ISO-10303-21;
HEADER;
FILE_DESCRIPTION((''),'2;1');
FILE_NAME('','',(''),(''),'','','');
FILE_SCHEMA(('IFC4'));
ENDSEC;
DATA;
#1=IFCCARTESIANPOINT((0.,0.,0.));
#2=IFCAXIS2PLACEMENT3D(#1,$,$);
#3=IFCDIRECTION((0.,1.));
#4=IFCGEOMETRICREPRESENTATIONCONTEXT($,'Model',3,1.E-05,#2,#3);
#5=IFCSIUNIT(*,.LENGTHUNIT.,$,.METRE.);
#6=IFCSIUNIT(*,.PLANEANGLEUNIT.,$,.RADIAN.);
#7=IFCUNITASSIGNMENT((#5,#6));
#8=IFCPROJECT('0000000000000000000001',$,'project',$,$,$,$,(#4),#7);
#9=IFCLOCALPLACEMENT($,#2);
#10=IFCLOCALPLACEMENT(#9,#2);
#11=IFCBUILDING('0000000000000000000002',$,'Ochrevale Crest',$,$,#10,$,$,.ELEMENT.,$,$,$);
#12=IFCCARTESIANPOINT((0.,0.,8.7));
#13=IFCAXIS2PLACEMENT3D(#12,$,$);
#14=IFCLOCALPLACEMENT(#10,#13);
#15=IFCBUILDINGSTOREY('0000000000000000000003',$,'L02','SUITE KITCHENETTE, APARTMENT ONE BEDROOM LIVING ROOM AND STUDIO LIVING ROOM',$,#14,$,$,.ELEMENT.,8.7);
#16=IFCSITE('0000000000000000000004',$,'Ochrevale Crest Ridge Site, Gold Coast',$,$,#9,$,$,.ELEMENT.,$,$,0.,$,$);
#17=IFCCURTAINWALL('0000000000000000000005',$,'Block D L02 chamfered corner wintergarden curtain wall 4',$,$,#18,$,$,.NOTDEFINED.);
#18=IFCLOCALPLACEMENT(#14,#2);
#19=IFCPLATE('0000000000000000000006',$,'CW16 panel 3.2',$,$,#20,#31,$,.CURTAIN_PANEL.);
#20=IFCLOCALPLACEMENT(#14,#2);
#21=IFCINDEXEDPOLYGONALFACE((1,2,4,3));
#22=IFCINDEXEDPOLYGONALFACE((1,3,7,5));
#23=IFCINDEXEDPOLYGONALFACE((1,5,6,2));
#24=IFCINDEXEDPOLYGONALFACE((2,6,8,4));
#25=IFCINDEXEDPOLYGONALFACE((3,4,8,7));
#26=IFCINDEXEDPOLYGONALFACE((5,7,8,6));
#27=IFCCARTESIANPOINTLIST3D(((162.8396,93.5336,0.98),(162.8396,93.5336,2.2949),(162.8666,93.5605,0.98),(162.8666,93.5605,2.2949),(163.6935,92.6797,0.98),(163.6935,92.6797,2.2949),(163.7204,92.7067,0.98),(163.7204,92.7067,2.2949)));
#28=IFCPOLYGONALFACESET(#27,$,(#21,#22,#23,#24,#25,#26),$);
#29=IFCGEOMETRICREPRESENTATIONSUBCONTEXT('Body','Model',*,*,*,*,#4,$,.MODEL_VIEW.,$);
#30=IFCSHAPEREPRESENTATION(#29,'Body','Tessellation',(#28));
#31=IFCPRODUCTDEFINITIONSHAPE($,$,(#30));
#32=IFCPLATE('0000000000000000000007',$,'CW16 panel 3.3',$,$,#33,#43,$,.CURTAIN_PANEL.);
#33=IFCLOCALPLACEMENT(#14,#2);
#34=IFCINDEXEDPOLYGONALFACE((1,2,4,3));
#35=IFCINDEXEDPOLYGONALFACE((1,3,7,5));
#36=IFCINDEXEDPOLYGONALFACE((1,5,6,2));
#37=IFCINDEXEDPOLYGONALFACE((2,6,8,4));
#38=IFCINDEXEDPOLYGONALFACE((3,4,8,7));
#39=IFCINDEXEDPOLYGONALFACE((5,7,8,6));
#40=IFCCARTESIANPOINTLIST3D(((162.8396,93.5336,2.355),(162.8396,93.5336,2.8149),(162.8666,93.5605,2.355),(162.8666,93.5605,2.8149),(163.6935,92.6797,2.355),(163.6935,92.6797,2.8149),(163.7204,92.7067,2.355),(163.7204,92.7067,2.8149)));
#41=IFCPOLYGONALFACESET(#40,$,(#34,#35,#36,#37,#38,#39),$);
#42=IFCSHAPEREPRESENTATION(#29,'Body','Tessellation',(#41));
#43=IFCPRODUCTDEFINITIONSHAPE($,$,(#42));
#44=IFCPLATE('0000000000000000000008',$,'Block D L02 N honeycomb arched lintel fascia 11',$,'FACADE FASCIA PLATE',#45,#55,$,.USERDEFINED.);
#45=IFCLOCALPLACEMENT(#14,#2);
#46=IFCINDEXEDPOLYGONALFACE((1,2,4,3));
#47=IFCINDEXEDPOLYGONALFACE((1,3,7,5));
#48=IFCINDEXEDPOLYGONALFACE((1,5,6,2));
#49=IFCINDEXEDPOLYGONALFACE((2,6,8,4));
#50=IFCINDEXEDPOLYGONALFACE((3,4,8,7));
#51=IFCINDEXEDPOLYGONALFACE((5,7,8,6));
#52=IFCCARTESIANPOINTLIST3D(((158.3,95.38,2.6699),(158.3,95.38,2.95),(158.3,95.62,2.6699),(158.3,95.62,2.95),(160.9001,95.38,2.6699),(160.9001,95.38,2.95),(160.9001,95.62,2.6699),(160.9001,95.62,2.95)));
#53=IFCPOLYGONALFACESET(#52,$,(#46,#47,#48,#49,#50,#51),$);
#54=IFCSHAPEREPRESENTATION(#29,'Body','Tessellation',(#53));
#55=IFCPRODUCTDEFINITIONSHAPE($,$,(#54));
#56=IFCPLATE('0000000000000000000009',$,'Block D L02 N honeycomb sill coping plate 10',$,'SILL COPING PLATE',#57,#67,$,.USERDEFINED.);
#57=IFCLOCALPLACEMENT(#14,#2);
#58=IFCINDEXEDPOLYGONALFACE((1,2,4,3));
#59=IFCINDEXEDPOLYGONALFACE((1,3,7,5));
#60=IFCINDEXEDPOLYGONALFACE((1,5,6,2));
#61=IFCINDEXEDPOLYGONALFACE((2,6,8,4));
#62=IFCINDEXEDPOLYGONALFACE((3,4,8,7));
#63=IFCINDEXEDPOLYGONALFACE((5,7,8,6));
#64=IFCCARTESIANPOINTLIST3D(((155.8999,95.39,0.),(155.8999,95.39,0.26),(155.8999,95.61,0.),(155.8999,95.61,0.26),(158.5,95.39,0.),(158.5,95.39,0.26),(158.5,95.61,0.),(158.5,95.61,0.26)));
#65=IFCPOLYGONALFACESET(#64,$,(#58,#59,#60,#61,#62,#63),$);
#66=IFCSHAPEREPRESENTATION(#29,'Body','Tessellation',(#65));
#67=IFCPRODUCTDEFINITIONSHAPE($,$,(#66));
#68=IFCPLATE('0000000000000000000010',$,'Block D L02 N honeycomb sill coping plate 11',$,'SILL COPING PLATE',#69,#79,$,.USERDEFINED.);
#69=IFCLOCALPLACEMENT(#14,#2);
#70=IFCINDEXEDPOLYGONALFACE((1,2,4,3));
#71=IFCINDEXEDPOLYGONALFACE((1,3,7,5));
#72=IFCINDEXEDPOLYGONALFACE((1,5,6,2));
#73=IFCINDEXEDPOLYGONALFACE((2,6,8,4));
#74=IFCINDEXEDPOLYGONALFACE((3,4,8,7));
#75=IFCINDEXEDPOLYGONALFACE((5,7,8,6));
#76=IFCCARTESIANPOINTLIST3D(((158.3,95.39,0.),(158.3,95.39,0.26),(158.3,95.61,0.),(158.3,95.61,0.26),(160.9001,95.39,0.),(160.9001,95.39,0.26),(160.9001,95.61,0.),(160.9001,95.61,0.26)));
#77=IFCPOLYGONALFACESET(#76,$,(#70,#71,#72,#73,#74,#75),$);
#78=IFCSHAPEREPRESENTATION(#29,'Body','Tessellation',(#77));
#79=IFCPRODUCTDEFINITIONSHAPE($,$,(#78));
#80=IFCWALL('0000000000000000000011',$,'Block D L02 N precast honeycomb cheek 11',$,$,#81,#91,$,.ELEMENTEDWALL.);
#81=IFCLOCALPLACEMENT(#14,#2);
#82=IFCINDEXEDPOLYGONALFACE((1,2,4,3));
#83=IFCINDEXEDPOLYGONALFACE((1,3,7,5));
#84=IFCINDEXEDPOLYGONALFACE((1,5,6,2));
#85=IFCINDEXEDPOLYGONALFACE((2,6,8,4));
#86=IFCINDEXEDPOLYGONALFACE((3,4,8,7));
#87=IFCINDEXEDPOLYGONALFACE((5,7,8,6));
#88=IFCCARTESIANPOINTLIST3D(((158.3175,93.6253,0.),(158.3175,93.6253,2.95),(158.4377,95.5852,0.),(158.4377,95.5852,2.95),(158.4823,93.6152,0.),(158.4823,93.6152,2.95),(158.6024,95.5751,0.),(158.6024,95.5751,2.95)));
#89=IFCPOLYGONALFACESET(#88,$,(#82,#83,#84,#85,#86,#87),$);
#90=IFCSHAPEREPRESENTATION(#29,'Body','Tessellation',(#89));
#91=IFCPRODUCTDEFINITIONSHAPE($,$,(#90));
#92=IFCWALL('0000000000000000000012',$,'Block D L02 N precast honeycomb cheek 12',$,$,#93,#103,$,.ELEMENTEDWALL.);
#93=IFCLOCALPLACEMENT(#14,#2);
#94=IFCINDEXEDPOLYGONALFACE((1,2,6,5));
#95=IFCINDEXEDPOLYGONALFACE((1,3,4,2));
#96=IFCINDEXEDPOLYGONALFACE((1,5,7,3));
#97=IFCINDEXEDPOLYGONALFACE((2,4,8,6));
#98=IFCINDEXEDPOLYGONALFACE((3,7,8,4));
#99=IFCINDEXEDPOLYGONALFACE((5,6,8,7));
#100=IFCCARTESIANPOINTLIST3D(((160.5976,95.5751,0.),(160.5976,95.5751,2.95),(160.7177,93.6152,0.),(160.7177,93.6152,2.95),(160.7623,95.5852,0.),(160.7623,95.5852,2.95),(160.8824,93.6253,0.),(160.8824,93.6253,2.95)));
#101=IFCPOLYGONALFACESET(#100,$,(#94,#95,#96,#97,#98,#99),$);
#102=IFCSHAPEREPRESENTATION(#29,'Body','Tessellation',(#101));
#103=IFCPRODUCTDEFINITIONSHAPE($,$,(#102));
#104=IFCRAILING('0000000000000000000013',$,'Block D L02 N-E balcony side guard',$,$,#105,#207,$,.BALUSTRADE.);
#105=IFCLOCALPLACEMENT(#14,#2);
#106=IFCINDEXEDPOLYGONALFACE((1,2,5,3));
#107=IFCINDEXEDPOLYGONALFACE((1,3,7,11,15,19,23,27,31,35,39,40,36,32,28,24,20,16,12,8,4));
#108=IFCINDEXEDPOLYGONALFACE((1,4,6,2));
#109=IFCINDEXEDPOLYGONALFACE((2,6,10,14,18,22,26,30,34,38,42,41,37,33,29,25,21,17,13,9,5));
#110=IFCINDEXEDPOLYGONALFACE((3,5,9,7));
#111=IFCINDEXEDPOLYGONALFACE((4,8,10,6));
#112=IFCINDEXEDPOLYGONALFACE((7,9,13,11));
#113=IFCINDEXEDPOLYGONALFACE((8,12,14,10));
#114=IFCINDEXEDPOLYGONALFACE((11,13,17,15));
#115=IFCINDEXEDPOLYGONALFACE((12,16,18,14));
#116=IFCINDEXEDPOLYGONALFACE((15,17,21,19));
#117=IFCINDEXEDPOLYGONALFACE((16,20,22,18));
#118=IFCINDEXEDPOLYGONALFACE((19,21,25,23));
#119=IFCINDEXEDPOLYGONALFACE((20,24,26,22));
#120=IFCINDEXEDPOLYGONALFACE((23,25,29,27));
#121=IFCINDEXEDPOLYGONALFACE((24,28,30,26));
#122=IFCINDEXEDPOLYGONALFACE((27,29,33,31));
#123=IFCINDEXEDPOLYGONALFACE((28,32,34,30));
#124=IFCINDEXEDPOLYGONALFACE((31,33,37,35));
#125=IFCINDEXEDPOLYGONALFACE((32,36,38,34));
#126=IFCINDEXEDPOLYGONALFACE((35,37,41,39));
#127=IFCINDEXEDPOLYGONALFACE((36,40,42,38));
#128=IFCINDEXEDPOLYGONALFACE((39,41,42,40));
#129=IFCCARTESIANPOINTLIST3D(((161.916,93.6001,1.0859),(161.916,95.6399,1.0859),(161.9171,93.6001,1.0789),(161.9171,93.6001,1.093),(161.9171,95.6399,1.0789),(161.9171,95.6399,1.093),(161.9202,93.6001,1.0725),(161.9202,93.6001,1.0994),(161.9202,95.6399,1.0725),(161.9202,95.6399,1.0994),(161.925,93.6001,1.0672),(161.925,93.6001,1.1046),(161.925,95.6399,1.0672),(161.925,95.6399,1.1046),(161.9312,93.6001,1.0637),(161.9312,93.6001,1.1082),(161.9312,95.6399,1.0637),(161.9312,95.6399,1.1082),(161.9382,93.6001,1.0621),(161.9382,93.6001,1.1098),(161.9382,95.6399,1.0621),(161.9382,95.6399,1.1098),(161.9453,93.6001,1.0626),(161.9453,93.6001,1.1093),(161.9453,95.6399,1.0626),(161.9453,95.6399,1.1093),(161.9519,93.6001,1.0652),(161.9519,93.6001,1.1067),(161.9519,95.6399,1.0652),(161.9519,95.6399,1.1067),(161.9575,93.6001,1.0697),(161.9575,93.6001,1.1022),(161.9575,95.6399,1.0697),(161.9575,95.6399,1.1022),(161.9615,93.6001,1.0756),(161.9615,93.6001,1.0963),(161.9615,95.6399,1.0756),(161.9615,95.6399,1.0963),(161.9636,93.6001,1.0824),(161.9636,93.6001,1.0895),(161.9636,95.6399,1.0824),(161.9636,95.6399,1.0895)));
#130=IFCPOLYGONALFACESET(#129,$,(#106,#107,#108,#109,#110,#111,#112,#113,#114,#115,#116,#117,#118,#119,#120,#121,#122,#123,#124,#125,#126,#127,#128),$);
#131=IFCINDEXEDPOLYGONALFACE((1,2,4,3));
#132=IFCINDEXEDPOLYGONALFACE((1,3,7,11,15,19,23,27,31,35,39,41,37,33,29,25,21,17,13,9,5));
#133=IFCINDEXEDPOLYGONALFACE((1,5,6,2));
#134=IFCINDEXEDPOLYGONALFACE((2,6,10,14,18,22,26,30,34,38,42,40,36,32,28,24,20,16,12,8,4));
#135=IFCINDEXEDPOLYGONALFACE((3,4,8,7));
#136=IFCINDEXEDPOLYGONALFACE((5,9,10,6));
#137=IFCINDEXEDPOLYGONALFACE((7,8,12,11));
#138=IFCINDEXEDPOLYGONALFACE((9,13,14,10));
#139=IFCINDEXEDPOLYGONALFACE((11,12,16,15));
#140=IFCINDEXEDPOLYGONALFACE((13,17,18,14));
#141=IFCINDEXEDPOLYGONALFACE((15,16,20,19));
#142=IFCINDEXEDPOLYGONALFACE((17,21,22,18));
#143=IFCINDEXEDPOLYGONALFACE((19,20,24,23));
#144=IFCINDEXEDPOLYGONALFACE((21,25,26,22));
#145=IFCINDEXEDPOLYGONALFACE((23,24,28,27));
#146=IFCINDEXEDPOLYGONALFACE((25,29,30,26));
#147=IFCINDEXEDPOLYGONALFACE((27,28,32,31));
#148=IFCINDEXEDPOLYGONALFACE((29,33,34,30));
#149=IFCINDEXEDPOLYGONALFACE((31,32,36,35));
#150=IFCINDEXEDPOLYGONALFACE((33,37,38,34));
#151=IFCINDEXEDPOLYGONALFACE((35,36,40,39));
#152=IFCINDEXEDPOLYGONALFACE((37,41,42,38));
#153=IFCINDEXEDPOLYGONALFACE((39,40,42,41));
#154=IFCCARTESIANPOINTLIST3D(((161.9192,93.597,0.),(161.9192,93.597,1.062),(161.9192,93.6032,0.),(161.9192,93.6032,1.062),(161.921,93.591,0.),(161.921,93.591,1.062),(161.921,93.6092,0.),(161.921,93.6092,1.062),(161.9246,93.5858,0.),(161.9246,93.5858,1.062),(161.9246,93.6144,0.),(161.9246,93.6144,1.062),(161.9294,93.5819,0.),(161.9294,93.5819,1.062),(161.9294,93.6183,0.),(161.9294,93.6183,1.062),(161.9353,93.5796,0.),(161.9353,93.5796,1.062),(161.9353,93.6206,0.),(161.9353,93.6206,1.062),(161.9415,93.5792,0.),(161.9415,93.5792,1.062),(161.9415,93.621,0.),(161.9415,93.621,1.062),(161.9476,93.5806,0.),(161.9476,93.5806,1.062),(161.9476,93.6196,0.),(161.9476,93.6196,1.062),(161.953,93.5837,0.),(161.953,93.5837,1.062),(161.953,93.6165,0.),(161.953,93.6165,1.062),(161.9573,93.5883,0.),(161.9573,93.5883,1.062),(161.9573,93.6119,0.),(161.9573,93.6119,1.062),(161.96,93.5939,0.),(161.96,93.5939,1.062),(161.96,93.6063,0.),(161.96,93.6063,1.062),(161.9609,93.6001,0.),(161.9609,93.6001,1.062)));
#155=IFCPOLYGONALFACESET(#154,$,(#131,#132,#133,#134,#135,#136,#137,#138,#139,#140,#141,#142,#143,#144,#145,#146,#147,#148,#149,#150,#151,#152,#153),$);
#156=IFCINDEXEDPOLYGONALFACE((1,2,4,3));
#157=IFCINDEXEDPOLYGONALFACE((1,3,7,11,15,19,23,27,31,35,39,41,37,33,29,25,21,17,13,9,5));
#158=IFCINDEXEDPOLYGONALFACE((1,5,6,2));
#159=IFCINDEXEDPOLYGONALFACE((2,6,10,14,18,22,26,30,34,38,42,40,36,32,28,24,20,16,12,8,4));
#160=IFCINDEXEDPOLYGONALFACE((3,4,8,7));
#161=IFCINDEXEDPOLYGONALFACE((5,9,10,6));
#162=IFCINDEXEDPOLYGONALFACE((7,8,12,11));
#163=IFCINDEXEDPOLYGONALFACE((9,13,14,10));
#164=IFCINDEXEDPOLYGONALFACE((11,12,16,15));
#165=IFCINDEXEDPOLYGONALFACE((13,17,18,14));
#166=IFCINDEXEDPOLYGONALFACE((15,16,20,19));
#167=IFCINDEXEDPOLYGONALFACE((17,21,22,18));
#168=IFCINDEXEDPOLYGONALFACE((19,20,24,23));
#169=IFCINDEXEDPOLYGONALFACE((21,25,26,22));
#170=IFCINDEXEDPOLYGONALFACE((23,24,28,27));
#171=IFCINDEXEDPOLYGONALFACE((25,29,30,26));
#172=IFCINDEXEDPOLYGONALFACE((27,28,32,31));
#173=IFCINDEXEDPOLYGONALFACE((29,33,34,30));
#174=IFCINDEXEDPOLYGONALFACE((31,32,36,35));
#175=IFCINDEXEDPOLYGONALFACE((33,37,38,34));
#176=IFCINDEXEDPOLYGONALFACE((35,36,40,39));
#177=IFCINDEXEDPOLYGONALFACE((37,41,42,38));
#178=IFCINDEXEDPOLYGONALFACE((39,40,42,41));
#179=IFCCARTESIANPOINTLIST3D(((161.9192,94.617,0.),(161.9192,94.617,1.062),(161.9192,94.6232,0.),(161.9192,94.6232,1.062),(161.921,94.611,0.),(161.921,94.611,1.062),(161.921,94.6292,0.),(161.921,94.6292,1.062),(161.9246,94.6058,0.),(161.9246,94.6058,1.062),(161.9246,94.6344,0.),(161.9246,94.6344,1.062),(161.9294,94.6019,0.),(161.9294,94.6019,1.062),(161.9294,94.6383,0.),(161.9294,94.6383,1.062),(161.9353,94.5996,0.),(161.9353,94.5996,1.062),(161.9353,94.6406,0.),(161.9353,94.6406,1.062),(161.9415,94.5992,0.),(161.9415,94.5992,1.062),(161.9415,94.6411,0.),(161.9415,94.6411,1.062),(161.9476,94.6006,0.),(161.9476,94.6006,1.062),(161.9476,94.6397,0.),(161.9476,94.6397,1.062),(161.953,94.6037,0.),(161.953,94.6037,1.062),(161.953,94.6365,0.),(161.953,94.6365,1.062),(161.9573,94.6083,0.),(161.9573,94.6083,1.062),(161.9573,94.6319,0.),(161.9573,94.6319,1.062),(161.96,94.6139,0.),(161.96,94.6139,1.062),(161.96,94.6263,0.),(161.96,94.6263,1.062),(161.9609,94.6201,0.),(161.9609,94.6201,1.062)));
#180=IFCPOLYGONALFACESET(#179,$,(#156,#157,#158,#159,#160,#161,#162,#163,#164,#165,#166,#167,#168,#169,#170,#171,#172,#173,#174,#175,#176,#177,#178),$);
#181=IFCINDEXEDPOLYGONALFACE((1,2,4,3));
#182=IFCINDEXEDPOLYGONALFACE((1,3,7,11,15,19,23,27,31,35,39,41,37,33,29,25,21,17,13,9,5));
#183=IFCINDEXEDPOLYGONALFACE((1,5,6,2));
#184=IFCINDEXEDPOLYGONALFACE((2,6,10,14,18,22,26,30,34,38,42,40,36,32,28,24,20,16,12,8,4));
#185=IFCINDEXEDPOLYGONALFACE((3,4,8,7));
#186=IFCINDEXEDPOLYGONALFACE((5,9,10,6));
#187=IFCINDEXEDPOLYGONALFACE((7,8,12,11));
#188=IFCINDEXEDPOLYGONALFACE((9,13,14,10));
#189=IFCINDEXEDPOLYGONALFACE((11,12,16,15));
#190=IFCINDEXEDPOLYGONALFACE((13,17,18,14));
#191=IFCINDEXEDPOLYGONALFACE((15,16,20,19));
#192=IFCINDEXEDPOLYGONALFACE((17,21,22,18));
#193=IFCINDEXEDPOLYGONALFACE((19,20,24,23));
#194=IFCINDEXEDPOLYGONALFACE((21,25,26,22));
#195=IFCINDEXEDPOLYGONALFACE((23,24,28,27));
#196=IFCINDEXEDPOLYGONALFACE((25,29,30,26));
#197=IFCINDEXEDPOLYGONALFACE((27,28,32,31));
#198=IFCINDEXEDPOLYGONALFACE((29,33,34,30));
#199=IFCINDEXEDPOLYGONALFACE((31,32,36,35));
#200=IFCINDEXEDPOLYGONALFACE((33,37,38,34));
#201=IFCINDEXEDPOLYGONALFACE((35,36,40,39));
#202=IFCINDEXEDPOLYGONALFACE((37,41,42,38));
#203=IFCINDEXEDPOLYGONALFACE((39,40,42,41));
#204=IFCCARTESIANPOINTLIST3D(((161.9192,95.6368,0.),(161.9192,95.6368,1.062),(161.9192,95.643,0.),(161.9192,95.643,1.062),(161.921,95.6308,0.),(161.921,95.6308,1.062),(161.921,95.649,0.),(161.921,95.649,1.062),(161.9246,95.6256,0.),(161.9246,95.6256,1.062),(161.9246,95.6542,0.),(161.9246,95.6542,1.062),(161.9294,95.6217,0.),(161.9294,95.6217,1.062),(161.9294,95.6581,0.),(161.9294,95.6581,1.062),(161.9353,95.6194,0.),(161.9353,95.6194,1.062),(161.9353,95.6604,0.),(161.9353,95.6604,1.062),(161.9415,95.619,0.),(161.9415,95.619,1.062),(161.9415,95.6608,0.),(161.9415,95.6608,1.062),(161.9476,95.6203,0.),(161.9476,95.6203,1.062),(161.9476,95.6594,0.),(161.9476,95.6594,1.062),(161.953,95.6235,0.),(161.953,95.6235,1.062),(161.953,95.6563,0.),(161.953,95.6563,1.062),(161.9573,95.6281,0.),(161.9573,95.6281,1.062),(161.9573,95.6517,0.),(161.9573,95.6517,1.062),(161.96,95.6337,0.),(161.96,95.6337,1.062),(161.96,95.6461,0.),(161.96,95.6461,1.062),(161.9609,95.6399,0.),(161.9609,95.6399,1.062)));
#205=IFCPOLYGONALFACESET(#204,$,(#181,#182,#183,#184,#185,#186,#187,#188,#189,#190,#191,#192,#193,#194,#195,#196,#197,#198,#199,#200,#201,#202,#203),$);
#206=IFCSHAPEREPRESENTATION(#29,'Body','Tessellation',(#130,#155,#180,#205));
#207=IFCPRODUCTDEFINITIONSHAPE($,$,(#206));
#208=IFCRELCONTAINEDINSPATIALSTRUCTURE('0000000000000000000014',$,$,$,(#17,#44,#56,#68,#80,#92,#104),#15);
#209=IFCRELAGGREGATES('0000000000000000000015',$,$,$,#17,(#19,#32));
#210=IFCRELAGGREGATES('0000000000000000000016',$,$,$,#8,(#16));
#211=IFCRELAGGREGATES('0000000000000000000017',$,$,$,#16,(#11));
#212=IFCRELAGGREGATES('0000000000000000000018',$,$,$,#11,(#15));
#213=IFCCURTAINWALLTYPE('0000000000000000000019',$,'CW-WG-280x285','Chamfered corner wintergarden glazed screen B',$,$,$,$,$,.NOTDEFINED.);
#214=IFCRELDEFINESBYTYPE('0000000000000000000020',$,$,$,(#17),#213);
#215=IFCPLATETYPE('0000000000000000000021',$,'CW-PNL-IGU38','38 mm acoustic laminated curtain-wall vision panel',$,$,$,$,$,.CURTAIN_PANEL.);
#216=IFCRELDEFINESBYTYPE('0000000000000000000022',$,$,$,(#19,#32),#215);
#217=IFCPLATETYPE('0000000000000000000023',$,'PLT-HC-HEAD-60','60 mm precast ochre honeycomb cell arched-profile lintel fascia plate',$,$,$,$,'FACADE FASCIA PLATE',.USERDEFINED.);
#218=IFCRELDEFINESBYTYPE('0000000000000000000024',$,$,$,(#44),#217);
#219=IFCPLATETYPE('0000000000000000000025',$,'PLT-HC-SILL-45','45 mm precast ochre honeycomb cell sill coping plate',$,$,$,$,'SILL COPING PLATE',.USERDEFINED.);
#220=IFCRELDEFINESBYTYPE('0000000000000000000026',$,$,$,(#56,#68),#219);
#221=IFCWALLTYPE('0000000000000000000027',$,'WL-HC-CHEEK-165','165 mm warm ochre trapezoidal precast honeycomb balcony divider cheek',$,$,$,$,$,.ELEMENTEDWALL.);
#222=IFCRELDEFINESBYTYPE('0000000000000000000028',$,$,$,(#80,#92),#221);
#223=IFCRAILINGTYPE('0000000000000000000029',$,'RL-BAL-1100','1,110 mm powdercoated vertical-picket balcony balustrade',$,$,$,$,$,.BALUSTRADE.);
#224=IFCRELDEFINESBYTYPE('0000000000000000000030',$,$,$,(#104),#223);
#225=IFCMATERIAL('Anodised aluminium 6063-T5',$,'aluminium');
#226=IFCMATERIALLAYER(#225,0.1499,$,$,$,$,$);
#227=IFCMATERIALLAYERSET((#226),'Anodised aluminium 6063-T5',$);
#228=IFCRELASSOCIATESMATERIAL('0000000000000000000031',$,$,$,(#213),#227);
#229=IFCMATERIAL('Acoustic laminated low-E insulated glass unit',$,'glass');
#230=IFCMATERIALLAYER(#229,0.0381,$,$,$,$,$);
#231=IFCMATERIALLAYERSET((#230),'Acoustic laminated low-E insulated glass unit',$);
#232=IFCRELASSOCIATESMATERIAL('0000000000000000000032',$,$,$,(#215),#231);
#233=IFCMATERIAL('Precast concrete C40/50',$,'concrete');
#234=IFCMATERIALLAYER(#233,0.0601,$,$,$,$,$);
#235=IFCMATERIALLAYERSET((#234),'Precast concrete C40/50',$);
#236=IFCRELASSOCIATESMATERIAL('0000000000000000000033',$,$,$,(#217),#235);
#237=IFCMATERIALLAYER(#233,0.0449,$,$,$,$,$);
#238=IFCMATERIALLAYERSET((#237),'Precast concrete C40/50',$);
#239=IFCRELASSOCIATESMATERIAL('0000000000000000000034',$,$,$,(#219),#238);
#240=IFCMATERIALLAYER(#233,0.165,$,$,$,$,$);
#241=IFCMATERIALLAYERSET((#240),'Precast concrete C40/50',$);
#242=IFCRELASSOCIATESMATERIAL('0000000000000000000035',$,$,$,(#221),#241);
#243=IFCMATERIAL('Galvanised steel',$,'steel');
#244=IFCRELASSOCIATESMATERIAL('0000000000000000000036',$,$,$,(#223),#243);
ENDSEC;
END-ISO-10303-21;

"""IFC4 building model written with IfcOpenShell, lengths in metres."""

from ifc_helpers import new_model, si_unit, direction, frame, frame_2d, origin, origin_2d, place, context, subcontext, project, spatial, rectangle, circle, extrude, material, layer, layer_set, type_object, element, aggregate, save


model = new_model("IFC4")

# Units and contexts
model_context = context("Model", 3, precision=1e-05, world=origin(), true_north=direction((0.0, 1.0)))
body_context = subcontext(model_context, "Body", "Model", "MODEL_VIEW")
ifc_project = project(units=[si_unit("LENGTHUNIT", "METRE"), si_unit("PLANEANGLEUNIT", "RADIAN")], contexts=[model_context])

# Site, building, storey
site_placement = place(None, origin())
site = spatial("IfcSite", under=ifc_project, at=site_placement, Name="Ochrevale Crest Ridge Site, Gold Coast", CompositionType="ELEMENT", RefElevation=0.0)
building_placement = place(site_placement, origin())
building = spatial("IfcBuilding", under=site, at=building_placement, Name="Ochrevale Crest", CompositionType="ELEMENT")
storey_placement = place(building_placement, frame((0.0, 0.0, 8.7)))
storey = spatial("IfcBuildingStorey", under=building, at=storey_placement, Name="L02", Description="SUITE KITCHENETTE, APARTMENT ONE BEDROOM LIVING ROOM AND STUDIO LIVING ROOM", CompositionType="ELEMENT", Elevation=8.7)

# Curtain wall, plates
ifc_material_1 = material(Name="Anodised aluminium 6063-T5", Category="aluminium")
ifc_layer_1 = layer(ifc_material_1, 0.1499)
ifc_layer_set_1 = layer_set([ifc_layer_1], Name="Anodised aluminium 6063-T5")
curtain_wall_type = type_object("IfcCurtainWallType", Name="CW-WG-280x285", Description="Chamfered corner wintergarden glazed screen B", PredefinedType="NOTDEFINED", material=ifc_layer_set_1)
curtain_wall_placement = place(storey_placement, origin())
curtain_wall = element("IfcCurtainWall", 1, at=curtain_wall_placement, inside=storey, type_object=curtain_wall_type, Name="Block D L02 chamfered corner wintergarden curtain wall 4", PredefinedType="NOTDEFINED")
ifc_material_2 = material(Name="Acoustic laminated low-E insulated glass unit", Category="glass")
ifc_layer_2 = layer(ifc_material_2, 0.0381)
ifc_layer_set_2 = layer_set([ifc_layer_2], Name="Acoustic laminated low-E insulated glass unit")
plate_type_1 = type_object("IfcPlateType", Name="CW-PNL-IGU38", Description="38 mm acoustic laminated curtain-wall vision panel", PredefinedType="CURTAIN_PANEL", material=ifc_layer_set_2)
plate_1_placement = place(storey_placement, frame((163.28, 93.1201, 0.98), z_axis=(0.0, 0.0, 1.0), x_axis=(-0.707107, 0.707107, 0.0)))
plate_1 = element("IfcPlate", 2, at=plate_1_placement, type_object=plate_type_1, Name="CW16 panel 3.2", PredefinedType="CURTAIN_PANEL", context=body_context, shape_type="SweptSolid", body=[
    extrude(rectangle(XDim=1.2075, YDim=0.0381, at=origin_2d()), origin(), (0.0, 0.0, 1.0), 1.3149),
])
plate_2_placement = place(storey_placement, frame((163.28, 93.1201, 2.355), z_axis=(0.0, 0.0, 1.0), x_axis=(-0.707107, 0.707107, 0.0)))
plate_2 = element("IfcPlate", 3, at=plate_2_placement, type_object=plate_type_1, Name="CW16 panel 3.3", PredefinedType="CURTAIN_PANEL", context=body_context, shape_type="SweptSolid", body=[
    extrude(rectangle(XDim=1.2075, YDim=0.0381, at=origin_2d()), origin(), (0.0, 0.0, 1.0), 0.46),
])
aggregate(curtain_wall, [plate_1, plate_2])

# Plates
ifc_material_3 = material(Name="Precast concrete C40/50", Category="concrete")
ifc_layer_3 = layer(ifc_material_3, 0.0601)
ifc_layer_set_3 = layer_set([ifc_layer_3], Name="Precast concrete C40/50")
plate_type_2 = type_object("IfcPlateType", Name="PLT-HC-HEAD-60", Description="60 mm precast ochre honeycomb cell arched-profile lintel fascia plate", ElementType="FACADE FASCIA PLATE", PredefinedType="USERDEFINED", material=ifc_layer_set_3)
plate_3_placement = place(storey_placement, frame((159.6001, 95.5, 2.6699), z_axis=(0.0, 0.0, 1.0), x_axis=(1.0, 0.0, 0.0)))
element("IfcPlate", 4, at=plate_3_placement, inside=storey, type_object=plate_type_2, Name="Block D L02 N honeycomb arched lintel fascia 11", ObjectType="FACADE FASCIA PLATE", PredefinedType="USERDEFINED", context=body_context, shape_type="SweptSolid", body=[
    extrude(rectangle(XDim=2.6001, YDim=0.24, at=origin_2d()), origin(), (0.0, 0.0, 1.0), 0.28),
])
ifc_layer_4 = layer(ifc_material_3, 0.0449)
ifc_layer_set_4 = layer_set([ifc_layer_4], Name="Precast concrete C40/50")
plate_type_3 = type_object("IfcPlateType", Name="PLT-HC-SILL-45", Description="45 mm precast ochre honeycomb cell sill coping plate", ElementType="SILL COPING PLATE", PredefinedType="USERDEFINED", material=ifc_layer_set_4)
for number, where, z_axis, x_axis, name in (
    (5, (157.2, 95.5, 0.0), (0.0, 0.0, 1.0), (1.0, 0.0, 0.0), "Block D L02 N honeycomb sill coping plate 10"),
    (6, (159.6001, 95.5, 0.0), (0.0, 0.0, 1.0), (1.0, 0.0, 0.0), "Block D L02 N honeycomb sill coping plate 11"),
):
    element("IfcPlate", number, at=place(storey_placement, frame(where, z_axis=z_axis, x_axis=x_axis)), inside=storey, type_object=plate_type_3, Name=name, ObjectType="SILL COPING PLATE", PredefinedType="USERDEFINED", context=body_context, shape_type="SweptSolid", body=[
        extrude(rectangle(XDim=2.6001, YDim=0.22, at=origin_2d()), origin(), (0.0, 0.0, 1.0), 0.26),
    ])

# Walls
ifc_layer_5 = layer(ifc_material_3, 0.165)
ifc_layer_set_5 = layer_set([ifc_layer_5], Name="Precast concrete C40/50")
wall_type_1 = type_object("IfcWallType", Name="WL-HC-CHEEK-165", Description="165 mm warm ochre trapezoidal precast honeycomb balcony divider cheek", PredefinedType="ELEMENTEDWALL", material=ifc_layer_set_5)
for number, where, z_axis, x_axis, name in (
    (7, (158.3999, 93.6201, 0.0), (0.0, 0.0, 1.0), (0.061171, 0.998127, 0.0), "Block D L02 N precast honeycomb cheek 11"),
    (8, (160.8, 93.6201, 0.0), (0.0, 0.0, 1.0), (-0.061171, 0.998127, 0.0), "Block D L02 N precast honeycomb cheek 12"),
):
    element("IfcWall", number, at=place(storey_placement, frame(where, z_axis=z_axis, x_axis=x_axis)), inside=storey, type_object=wall_type_1, Name=name, PredefinedType="ELEMENTEDWALL", context=body_context, shape_type="SweptSolid", body=[
        extrude(rectangle(XDim=1.9636, YDim=0.165, at=frame_2d((0.9819, 0.0))), origin(), (0.0, 0.0, 1.0), 2.95),
    ])

# Railing
ifc_material_4 = material(Name="Galvanised steel", Category="steel")
railing_type = type_object("IfcRailingType", Name="RL-BAL-1100", Description="1,110 mm powdercoated vertical-picket balcony balustrade", PredefinedType="BALUSTRADE", material=ifc_material_4)
railing_placement = place(storey_placement, frame((161.9399, 93.6001, 0.0)))
element("IfcRailing", 9, at=railing_placement, inside=storey, type_object=railing_type, Name="Block D L02 N-E balcony side guard", PredefinedType="BALUSTRADE", context=body_context, shape_type="SweptSolid", body=[
    extrude(circle(Radius=0.0239, at=origin_2d()), frame((0.0, 0.0, 1.0859), z_axis=(0.0, 1.0, 0.0), x_axis=(-1.0, 0.0, 0.0)), (0.0, 0.0, 1.0), 2.0398),
    extrude(circle(Radius=0.021, at=origin_2d()), origin(), (0.0, 0.0, 1.0), 1.062),
    extrude(circle(Radius=0.021, at=origin_2d()), frame((0.0, 1.02, 0.0)), (0.0, 0.0, 1.0), 1.062),
    extrude(circle(Radius=0.021, at=origin_2d()), frame((0.0, 2.0398, 0.0)), (0.0, 0.0, 1.0), 1.062),
])

save(model, "model.ifc")
